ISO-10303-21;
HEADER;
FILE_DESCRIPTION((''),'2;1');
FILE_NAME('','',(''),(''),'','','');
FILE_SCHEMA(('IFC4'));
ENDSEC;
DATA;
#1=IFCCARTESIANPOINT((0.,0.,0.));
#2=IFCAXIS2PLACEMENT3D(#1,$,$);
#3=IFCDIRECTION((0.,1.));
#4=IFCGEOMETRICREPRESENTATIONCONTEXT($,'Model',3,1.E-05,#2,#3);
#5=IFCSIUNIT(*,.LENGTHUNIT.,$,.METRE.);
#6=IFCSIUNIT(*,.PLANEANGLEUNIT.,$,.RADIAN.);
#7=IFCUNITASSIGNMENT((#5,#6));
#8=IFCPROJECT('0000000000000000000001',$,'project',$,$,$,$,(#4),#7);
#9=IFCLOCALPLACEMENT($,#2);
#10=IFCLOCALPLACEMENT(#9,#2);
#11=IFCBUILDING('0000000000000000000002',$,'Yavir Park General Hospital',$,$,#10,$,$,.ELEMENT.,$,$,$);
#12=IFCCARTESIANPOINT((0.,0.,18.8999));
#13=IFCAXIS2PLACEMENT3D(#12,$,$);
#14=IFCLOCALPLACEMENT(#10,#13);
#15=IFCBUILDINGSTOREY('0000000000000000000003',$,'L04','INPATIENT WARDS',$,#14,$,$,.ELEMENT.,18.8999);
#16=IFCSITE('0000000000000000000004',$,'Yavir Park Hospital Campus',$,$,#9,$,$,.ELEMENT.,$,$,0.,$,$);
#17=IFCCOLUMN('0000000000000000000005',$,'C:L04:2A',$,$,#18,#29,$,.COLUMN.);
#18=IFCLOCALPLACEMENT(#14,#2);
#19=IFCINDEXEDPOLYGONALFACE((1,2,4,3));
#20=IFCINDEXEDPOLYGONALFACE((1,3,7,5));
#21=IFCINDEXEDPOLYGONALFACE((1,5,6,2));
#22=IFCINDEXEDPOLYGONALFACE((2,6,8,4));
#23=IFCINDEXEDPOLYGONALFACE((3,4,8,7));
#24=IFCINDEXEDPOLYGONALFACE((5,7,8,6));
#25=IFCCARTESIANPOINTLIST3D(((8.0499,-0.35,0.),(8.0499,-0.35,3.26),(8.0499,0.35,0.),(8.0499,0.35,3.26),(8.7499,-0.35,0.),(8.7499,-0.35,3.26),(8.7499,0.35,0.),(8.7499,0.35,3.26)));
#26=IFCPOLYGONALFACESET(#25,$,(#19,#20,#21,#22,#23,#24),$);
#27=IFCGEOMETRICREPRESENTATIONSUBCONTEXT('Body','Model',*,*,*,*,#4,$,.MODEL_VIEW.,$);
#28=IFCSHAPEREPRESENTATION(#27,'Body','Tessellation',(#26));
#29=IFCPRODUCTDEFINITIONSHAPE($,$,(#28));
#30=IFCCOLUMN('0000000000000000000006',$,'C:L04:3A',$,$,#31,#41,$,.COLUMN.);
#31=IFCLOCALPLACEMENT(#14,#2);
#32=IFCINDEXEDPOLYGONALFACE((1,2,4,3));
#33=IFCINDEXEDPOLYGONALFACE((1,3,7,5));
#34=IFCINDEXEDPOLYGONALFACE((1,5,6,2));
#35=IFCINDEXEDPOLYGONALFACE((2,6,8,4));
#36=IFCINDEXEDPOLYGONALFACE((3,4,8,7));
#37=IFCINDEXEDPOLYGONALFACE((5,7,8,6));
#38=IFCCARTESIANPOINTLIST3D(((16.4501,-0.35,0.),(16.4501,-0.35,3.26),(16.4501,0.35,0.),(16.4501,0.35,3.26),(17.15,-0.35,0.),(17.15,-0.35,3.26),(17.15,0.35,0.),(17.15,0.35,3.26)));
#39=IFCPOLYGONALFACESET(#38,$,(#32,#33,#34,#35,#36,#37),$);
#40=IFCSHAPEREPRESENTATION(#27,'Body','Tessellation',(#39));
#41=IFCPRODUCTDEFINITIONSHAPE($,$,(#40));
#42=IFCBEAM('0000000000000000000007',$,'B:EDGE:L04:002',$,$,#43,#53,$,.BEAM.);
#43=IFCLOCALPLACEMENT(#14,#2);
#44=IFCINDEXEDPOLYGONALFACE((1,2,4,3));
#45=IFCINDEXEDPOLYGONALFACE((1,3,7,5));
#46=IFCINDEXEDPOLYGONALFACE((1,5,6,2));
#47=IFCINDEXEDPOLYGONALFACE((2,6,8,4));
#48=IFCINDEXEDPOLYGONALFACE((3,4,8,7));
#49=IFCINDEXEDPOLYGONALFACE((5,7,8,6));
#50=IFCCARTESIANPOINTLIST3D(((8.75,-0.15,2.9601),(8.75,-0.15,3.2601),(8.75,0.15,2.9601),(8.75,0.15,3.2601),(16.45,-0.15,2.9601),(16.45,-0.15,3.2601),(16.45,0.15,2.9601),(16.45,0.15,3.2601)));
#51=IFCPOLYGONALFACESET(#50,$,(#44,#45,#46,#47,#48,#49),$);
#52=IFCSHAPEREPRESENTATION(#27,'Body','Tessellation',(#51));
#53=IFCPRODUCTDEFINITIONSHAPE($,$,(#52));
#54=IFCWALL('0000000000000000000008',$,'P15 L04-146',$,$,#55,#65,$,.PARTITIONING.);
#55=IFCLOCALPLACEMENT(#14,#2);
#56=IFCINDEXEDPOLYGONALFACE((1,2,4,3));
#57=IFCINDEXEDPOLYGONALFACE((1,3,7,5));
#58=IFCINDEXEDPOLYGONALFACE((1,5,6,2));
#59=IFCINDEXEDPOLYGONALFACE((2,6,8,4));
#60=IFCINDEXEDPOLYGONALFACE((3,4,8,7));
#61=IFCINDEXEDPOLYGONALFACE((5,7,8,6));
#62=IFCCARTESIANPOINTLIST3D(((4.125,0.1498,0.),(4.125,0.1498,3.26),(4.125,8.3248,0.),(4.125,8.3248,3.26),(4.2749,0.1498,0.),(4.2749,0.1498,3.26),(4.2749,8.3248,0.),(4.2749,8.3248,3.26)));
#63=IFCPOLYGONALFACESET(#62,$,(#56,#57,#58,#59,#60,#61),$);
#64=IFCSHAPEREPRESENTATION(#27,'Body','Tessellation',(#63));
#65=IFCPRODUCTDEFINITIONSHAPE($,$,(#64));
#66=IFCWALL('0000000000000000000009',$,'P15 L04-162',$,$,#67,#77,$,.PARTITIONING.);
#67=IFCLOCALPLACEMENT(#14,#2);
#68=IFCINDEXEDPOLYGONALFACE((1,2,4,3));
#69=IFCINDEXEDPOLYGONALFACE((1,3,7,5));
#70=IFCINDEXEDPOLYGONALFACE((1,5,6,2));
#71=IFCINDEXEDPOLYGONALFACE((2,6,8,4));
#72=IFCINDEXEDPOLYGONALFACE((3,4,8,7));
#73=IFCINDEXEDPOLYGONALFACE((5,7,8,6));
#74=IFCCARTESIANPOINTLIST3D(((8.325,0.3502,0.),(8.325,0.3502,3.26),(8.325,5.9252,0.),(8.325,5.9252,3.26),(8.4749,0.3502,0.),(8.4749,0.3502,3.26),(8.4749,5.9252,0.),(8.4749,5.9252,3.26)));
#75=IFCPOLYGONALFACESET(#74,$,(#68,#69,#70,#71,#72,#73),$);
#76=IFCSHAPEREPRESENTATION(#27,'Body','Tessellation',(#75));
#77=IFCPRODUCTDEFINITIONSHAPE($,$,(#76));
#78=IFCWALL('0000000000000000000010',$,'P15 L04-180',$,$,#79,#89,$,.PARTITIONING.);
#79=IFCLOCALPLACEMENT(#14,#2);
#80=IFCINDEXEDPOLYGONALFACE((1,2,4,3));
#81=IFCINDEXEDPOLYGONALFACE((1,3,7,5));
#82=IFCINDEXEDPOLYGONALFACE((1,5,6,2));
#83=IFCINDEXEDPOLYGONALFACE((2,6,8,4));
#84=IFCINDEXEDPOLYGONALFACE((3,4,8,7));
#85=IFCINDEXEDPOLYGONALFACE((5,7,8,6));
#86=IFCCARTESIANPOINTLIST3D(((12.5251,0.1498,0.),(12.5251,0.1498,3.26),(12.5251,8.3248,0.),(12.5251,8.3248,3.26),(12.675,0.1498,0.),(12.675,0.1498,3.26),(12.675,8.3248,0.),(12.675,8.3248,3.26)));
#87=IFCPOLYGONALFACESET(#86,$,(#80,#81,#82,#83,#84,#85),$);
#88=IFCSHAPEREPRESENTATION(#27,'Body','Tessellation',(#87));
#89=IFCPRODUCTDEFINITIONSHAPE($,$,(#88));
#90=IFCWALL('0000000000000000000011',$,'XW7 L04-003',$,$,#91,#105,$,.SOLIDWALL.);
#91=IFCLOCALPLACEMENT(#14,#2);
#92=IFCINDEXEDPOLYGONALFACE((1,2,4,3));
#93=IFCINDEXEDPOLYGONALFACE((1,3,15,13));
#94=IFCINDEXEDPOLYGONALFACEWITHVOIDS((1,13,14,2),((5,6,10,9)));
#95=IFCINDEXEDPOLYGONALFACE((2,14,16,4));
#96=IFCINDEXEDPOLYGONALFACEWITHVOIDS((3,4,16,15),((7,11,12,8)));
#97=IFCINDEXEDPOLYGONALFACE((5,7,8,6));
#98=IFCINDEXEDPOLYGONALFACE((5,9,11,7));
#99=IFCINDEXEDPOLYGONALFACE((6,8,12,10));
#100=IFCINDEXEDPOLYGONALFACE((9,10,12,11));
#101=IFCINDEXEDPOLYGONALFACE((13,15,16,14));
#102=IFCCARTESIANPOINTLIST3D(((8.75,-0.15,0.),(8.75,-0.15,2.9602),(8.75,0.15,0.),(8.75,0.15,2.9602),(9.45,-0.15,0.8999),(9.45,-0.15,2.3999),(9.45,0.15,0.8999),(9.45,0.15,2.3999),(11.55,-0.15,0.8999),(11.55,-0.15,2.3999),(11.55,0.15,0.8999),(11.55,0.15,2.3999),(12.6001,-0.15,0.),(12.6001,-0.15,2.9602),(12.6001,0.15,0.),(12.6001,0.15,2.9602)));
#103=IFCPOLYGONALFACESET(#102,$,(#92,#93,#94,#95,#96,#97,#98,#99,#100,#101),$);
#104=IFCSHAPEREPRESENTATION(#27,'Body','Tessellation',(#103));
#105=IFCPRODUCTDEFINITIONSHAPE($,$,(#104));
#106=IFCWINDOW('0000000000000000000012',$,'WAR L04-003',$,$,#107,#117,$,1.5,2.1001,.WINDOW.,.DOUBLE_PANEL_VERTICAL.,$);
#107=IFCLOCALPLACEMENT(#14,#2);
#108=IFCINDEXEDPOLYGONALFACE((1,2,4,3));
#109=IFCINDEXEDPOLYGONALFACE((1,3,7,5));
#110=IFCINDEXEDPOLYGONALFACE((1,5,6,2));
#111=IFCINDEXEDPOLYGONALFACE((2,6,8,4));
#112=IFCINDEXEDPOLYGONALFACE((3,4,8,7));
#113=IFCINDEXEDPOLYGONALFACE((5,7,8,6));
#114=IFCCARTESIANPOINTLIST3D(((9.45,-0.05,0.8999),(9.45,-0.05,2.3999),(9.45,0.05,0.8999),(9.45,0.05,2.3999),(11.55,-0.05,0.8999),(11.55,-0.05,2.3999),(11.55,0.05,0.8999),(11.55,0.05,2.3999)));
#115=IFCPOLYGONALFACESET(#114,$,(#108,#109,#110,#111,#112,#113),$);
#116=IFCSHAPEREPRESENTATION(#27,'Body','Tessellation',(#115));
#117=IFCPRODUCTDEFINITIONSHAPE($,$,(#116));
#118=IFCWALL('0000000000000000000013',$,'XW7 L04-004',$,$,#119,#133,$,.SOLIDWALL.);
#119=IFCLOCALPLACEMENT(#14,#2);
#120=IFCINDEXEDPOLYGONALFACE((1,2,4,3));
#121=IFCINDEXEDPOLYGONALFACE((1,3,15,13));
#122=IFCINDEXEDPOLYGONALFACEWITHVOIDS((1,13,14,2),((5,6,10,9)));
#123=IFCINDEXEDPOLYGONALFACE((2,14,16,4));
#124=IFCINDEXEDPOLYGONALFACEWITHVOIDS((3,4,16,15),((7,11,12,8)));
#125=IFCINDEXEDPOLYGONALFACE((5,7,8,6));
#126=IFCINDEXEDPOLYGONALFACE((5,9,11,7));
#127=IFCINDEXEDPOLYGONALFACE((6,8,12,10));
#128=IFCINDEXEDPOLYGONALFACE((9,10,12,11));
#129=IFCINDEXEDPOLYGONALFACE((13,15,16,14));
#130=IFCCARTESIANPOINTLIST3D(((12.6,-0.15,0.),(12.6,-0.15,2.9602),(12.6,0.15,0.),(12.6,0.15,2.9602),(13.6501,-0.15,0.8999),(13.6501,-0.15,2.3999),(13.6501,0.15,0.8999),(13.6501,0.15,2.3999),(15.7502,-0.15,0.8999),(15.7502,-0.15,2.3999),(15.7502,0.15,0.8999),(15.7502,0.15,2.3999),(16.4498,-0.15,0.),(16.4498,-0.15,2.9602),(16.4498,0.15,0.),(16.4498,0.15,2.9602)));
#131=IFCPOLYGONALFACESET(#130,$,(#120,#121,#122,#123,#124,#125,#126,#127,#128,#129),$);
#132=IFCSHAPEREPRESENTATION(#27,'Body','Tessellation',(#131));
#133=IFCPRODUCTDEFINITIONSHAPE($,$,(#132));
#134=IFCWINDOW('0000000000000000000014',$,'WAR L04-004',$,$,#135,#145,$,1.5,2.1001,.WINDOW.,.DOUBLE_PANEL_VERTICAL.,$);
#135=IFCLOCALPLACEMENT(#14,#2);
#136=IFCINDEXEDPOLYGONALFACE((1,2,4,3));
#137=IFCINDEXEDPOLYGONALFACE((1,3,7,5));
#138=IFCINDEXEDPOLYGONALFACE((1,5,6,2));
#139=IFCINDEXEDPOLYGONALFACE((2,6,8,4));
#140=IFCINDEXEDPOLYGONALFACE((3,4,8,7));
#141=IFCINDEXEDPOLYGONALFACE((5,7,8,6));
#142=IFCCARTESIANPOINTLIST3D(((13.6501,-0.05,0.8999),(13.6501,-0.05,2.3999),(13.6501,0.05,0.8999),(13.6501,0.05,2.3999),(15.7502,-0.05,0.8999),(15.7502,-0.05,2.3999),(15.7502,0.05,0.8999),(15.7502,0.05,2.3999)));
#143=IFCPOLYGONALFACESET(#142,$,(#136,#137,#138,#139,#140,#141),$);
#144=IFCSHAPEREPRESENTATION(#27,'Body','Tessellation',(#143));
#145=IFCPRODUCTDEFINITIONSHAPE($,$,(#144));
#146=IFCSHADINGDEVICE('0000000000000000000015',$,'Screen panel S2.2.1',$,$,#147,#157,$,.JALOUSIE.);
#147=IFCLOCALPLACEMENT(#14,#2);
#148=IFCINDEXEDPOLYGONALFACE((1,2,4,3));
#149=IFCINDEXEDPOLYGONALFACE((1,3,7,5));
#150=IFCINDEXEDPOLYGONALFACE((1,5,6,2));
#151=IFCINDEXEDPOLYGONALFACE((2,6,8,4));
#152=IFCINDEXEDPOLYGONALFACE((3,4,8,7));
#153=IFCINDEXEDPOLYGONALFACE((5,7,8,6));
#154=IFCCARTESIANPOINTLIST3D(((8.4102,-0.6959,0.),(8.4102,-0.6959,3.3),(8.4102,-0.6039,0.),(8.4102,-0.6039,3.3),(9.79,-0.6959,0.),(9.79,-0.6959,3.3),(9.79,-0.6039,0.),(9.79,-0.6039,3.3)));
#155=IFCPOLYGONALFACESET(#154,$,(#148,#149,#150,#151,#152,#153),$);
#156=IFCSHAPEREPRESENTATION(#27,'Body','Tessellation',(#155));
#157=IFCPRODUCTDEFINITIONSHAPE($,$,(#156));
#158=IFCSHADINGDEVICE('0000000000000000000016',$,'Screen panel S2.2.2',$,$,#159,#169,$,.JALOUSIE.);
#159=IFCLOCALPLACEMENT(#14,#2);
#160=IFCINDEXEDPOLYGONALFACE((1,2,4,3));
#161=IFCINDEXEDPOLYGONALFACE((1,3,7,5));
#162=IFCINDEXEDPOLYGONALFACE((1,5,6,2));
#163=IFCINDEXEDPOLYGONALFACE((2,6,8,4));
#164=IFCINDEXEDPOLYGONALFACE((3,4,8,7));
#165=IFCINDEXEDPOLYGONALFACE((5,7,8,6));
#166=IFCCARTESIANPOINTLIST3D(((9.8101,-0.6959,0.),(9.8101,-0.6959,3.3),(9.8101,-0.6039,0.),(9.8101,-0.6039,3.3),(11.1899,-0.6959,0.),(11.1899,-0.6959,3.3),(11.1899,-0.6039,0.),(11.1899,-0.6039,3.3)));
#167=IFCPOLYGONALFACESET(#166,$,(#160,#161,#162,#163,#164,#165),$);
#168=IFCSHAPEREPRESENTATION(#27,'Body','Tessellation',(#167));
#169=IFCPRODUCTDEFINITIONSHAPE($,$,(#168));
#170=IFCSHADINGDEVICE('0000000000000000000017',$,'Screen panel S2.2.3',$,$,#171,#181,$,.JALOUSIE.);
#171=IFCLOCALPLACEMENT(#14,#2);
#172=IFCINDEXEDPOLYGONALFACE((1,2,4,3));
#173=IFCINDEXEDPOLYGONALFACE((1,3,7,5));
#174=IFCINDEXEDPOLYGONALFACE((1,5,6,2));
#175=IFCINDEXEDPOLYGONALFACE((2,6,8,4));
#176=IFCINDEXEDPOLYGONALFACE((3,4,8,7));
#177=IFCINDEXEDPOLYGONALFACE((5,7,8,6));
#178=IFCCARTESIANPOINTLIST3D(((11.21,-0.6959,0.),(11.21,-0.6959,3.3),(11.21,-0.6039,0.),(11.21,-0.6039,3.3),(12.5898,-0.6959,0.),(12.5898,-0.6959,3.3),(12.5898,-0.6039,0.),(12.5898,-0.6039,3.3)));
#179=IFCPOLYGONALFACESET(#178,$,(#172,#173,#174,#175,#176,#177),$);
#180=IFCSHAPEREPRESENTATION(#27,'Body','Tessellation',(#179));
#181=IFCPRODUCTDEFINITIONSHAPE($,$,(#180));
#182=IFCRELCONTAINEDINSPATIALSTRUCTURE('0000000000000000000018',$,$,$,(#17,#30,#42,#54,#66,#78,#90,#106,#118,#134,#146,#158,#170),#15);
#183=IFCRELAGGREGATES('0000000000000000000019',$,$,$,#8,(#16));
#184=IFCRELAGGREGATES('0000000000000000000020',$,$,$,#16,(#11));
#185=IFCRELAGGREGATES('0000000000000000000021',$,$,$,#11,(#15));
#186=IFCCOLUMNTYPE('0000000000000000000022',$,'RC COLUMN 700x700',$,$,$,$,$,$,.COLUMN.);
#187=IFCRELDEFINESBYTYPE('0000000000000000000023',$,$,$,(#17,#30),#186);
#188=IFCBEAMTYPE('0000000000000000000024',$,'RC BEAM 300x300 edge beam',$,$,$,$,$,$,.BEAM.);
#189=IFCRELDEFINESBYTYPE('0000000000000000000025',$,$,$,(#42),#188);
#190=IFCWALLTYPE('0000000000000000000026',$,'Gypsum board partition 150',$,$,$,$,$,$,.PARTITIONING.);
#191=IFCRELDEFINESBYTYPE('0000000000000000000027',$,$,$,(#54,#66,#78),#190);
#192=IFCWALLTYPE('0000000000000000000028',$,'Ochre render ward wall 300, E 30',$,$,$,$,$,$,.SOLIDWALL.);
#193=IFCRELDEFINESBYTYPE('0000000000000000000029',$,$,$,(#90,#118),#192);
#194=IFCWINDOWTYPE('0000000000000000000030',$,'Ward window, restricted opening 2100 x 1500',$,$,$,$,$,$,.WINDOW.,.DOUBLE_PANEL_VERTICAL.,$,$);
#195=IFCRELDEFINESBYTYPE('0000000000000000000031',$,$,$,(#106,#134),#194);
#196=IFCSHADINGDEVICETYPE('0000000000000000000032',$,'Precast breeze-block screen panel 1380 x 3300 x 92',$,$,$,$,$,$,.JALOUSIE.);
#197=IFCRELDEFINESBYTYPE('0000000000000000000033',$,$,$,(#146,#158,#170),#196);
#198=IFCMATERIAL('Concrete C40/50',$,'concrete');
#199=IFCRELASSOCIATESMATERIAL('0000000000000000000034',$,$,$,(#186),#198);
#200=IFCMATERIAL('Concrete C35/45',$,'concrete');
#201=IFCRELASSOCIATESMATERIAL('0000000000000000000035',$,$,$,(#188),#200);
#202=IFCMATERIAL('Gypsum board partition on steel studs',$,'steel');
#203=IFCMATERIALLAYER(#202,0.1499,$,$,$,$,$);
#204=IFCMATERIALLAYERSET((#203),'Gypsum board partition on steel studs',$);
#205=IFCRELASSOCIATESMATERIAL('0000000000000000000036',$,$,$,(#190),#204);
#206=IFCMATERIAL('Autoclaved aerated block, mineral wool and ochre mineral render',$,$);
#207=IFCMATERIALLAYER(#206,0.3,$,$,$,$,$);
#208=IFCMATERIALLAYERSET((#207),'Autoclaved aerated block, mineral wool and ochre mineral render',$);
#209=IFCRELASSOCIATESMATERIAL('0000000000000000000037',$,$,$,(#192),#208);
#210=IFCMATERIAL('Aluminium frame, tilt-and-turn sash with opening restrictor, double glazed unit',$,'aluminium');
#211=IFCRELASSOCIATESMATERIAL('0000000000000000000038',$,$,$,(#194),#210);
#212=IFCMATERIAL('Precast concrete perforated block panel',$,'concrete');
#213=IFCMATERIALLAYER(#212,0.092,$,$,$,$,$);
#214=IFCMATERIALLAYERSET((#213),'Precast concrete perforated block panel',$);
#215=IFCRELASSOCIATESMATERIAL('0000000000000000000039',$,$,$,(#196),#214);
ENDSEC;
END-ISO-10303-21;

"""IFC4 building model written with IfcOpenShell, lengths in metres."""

from ifc_helpers import new_model, si_unit, direction, frame, frame_2d, origin, origin_2d, place, context, subcontext, project, spatial, rectangle, extrude, material, layer, layer_set, material_profile, profile_set, type_object, element, fill, save


model = new_model("IFC4")

# Units and contexts
model_context = context("Model", 3, precision=1e-05, world=origin(), true_north=direction((0.0, 1.0)))
body_context = subcontext(model_context, "Body", "Model", "MODEL_VIEW")
ifc_project = project(units=[si_unit("LENGTHUNIT", "METRE"), si_unit("PLANEANGLEUNIT", "RADIAN")], contexts=[model_context])

# Site, building, storey
site_placement = place(None, origin())
site = spatial("IfcSite", under=ifc_project, at=site_placement, Name="Yavir Park Hospital Campus", CompositionType="ELEMENT", RefElevation=0.0)
building_placement = place(site_placement, origin())
building = spatial("IfcBuilding", under=site, at=building_placement, Name="Yavir Park General Hospital", CompositionType="ELEMENT")
storey_placement = place(building_placement, frame((0.0, 0.0, 18.8999)))
storey = spatial("IfcBuildingStorey", under=building, at=storey_placement, Name="L04", Description="INPATIENT WARDS", CompositionType="ELEMENT", Elevation=18.8999)

# Columns
ifc_material_1 = material(Name="Concrete C40/50", Category="concrete")
ifc_material_profile_1 = material_profile(ifc_material_1, rectangle(XDim=0.7, YDim=0.7, at=origin_2d()), Name="RC700x700")
ifc_profile_set_1 = profile_set([ifc_material_profile_1], Name="Concrete C40/50")
column_type = type_object("IfcColumnType", Name="RC COLUMN 700x700", PredefinedType="COLUMN", material=ifc_profile_set_1)
for number, where, z_axis, x_axis, name in (
    (1, (8.3999, 0.0, 0.0), (0.0, 0.0, 1.0), (1.0, 0.0, 0.0), "C:L04:2A"),
    (2, (16.8, 0.0, 0.0), (0.0, 0.0, 1.0), (1.0, 0.0, 0.0), "C:L04:3A"),
):
    element("IfcColumn", number, at=place(storey_placement, frame(where, z_axis=z_axis, x_axis=x_axis)), inside=storey, type_object=column_type, Name=name, PredefinedType="COLUMN", context=body_context, shape_type="SweptSolid", body=[
        extrude(rectangle(XDim=0.7, YDim=0.7, at=origin_2d()), origin(), (0.0, 0.0, 1.0), 3.26),
    ])

# Beam
ifc_material_2 = material(Name="Concrete C35/45", Category="concrete")
ifc_material_profile_2 = material_profile(ifc_material_2, rectangle(XDim=0.3, YDim=0.3, at=origin_2d()), Name="RC300x300")
ifc_profile_set_2 = profile_set([ifc_material_profile_2], Name="Concrete C35/45")
beam_type = type_object("IfcBeamType", Name="RC BEAM 300x300 edge beam", PredefinedType="BEAM", material=ifc_profile_set_2)
beam_placement = place(storey_placement, frame((8.75, 0.0, 3.1101), z_axis=(1.0, 0.0, 0.0), x_axis=(0.0, 1.0, 0.0)))
element("IfcBeam", 3, at=beam_placement, inside=storey, type_object=beam_type, Name="B:EDGE:L04:002", PredefinedType="BEAM", context=body_context, shape_type="SweptSolid", body=[
    extrude(rectangle(XDim=0.3, YDim=0.3, at=origin_2d()), origin(), (0.0, 0.0, 1.0), 7.7),
])

# Walls
ifc_material_3 = material(Name="Gypsum board partition on steel studs", Category="steel")
ifc_layer_1 = layer(ifc_material_3, 0.1499)
ifc_layer_set_1 = layer_set([ifc_layer_1], Name="Gypsum board partition on steel studs")
wall_type_1 = type_object("IfcWallType", Name="Gypsum board partition 150", PredefinedType="PARTITIONING", material=ifc_layer_set_1)
wall_1_placement = place(storey_placement, frame((4.2, 0.1499, 0.0), z_axis=(0.0, 0.0, 1.0), x_axis=(0.0, 1.0, 0.0)))
element("IfcWall", 4, at=wall_1_placement, inside=storey, type_object=wall_type_1, Name="P15 L04-146", PredefinedType="PARTITIONING", context=body_context, shape_type="SweptSolid", body=[
    extrude(rectangle(XDim=8.175, YDim=0.1499, at=frame_2d((4.0874, 0.0))), origin(), (0.0, 0.0, 1.0), 3.26),
])
wall_2_placement = place(storey_placement, frame((8.3999, 0.3501, 0.0), z_axis=(0.0, 0.0, 1.0), x_axis=(0.0, 1.0, 0.0)))
element("IfcWall", 5, at=wall_2_placement, inside=storey, type_object=wall_type_1, Name="P15 L04-162", PredefinedType="PARTITIONING", context=body_context, shape_type="SweptSolid", body=[
    extrude(rectangle(XDim=5.575, YDim=0.1499, at=frame_2d((2.7876, 0.0))), origin(), (0.0, 0.0, 1.0), 3.26),
])
wall_3_placement = place(storey_placement, frame((12.6001, 0.1499, 0.0), z_axis=(0.0, 0.0, 1.0), x_axis=(0.0, 1.0, 0.0)))
element("IfcWall", 6, at=wall_3_placement, inside=storey, type_object=wall_type_1, Name="P15 L04-180", PredefinedType="PARTITIONING", context=body_context, shape_type="SweptSolid", body=[
    extrude(rectangle(XDim=8.175, YDim=0.1499, at=frame_2d((4.0874, 0.0))), origin(), (0.0, 0.0, 1.0), 3.26),
])

# Walls, openings, windows
ifc_material_4 = material(Name="Autoclaved aerated block, mineral wool and ochre mineral render")
ifc_layer_2 = layer(ifc_material_4, 0.3)
ifc_layer_set_2 = layer_set([ifc_layer_2], Name="Autoclaved aerated block, mineral wool and ochre mineral render")
wall_type_2 = type_object("IfcWallType", Name="Ochre render ward wall 300, E 30", PredefinedType="SOLIDWALL", material=ifc_layer_set_2)
wall_4_placement = place(storey_placement, frame((8.75, 0.0, 0.0), z_axis=(0.0, 0.0, 1.0), x_axis=(1.0, 0.0, 0.0)))
wall_4 = element("IfcWall", 7, at=wall_4_placement, inside=storey, type_object=wall_type_2, Name="XW7 L04-003", PredefinedType="SOLIDWALL", context=body_context, shape_type="SweptSolid", body=[
    extrude(rectangle(XDim=3.8501, YDim=0.3, at=frame_2d((1.925, 0.0))), origin(), (0.0, 0.0, 1.0), 2.9602),
])
opening_1_placement = place(wall_4_placement, frame((0.7, 0.0, 0.8999)))
opening_1 = element("IfcOpeningElement", 8, at=opening_1_placement, cuts=wall_4, PredefinedType="OPENING", context=body_context, shape_type="SweptSolid", body=[
    extrude(rectangle(XDim=2.1001, YDim=1.5, at=frame_2d((1.05, 0.75))), frame((0.0, 0.1599, 0.0), z_axis=(0.0, -1.0, 0.0), x_axis=(1.0, 0.0, 0.0)), (0.0, 0.0, 1.0), 0.3201),
])
ifc_material_5 = material(Name="Aluminium frame, tilt-and-turn sash with opening restrictor, double glazed unit", Category="aluminium")
window_type = type_object("IfcWindowType", Name="Ward window, restricted opening 2100 x 1500", PartitioningType="DOUBLE_PANEL_VERTICAL", PredefinedType="WINDOW", material=ifc_material_5)
window_1_placement = place(opening_1_placement, origin())
window_1 = element("IfcWindow", 9, at=window_1_placement, inside=storey, type_object=window_type, Name="WAR L04-003", OverallHeight=1.5, OverallWidth=2.1001, PartitioningType="DOUBLE_PANEL_VERTICAL", PredefinedType="WINDOW", context=body_context, shape_type="SweptSolid", body=[
    extrude(rectangle(XDim=2.1001, YDim=1.5, at=frame_2d((1.05, 0.75))), frame((0.0, 0.05, 0.0), z_axis=(0.0, -1.0, 0.0), x_axis=(1.0, 0.0, 0.0)), (0.0, 0.0, 1.0), 0.1001),
])
fill(opening_1, window_1)
wall_5_placement = place(storey_placement, frame((12.6001, 0.0, 0.0), z_axis=(0.0, 0.0, 1.0), x_axis=(1.0, 0.0, 0.0)))
wall_5 = element("IfcWall", 10, at=wall_5_placement, inside=storey, type_object=wall_type_2, Name="XW7 L04-004", PredefinedType="SOLIDWALL", context=body_context, shape_type="SweptSolid", body=[
    extrude(rectangle(XDim=3.8499, YDim=0.3, at=frame_2d((1.9248, 0.0))), origin(), (0.0, 0.0, 1.0), 2.9602),
])
opening_2_placement = place(wall_5_placement, frame((1.05, 0.0, 0.8999)))
opening_2 = element("IfcOpeningElement", 11, at=opening_2_placement, cuts=wall_5, PredefinedType="OPENING", context=body_context, shape_type="SweptSolid", body=[
    extrude(rectangle(XDim=2.1001, YDim=1.5, at=frame_2d((1.05, 0.75))), frame((0.0, 0.1599, 0.0), z_axis=(0.0, -1.0, 0.0), x_axis=(1.0, 0.0, 0.0)), (0.0, 0.0, 1.0), 0.3201),
])
window_2_placement = place(opening_2_placement, origin())
window_2 = element("IfcWindow", 12, at=window_2_placement, inside=storey, type_object=window_type, Name="WAR L04-004", OverallHeight=1.5, OverallWidth=2.1001, PartitioningType="DOUBLE_PANEL_VERTICAL", PredefinedType="WINDOW", context=body_context, shape_type="SweptSolid", body=[
    extrude(rectangle(XDim=2.1001, YDim=1.5, at=frame_2d((1.05, 0.75))), frame((0.0, 0.05, 0.0), z_axis=(0.0, -1.0, 0.0), x_axis=(1.0, 0.0, 0.0)), (0.0, 0.0, 1.0), 0.1001),
])
fill(opening_2, window_2)

# Shading devices
ifc_material_6 = material(Name="Precast concrete perforated block panel", Category="concrete")
ifc_layer_3 = layer(ifc_material_6, 0.092)
ifc_layer_set_3 = layer_set([ifc_layer_3], Name="Precast concrete perforated block panel")
shading_device_type = type_object("IfcShadingDeviceType", Name="Precast breeze-block screen panel 1380 x 3300 x 92", PredefinedType="JALOUSIE", material=ifc_layer_set_3)
for number, where, z_axis, x_axis, name in (
    (13, (9.1001, -0.6499, 0.0), (0.0, 0.0, 1.0), (1.0, 0.0, 0.0), "Screen panel S2.2.1"),
    (14, (10.5, -0.6499, 0.0), (0.0, 0.0, 1.0), (1.0, 0.0, 0.0), "Screen panel S2.2.2"),
    (15, (11.8999, -0.6499, 0.0), (0.0, 0.0, 1.0), (1.0, 0.0, 0.0), "Screen panel S2.2.3"),
):
    element("IfcShadingDevice", number, at=place(storey_placement, frame(where, z_axis=z_axis, x_axis=x_axis)), inside=storey, type_object=shading_device_type, Name=name, PredefinedType="JALOUSIE", context=body_context, shape_type="SweptSolid", body=[
        extrude(rectangle(XDim=1.3799, YDim=0.092, at=origin_2d()), origin(), (0.0, 0.0, 1.0), 3.3),
    ])

save(model, "model.ifc")
